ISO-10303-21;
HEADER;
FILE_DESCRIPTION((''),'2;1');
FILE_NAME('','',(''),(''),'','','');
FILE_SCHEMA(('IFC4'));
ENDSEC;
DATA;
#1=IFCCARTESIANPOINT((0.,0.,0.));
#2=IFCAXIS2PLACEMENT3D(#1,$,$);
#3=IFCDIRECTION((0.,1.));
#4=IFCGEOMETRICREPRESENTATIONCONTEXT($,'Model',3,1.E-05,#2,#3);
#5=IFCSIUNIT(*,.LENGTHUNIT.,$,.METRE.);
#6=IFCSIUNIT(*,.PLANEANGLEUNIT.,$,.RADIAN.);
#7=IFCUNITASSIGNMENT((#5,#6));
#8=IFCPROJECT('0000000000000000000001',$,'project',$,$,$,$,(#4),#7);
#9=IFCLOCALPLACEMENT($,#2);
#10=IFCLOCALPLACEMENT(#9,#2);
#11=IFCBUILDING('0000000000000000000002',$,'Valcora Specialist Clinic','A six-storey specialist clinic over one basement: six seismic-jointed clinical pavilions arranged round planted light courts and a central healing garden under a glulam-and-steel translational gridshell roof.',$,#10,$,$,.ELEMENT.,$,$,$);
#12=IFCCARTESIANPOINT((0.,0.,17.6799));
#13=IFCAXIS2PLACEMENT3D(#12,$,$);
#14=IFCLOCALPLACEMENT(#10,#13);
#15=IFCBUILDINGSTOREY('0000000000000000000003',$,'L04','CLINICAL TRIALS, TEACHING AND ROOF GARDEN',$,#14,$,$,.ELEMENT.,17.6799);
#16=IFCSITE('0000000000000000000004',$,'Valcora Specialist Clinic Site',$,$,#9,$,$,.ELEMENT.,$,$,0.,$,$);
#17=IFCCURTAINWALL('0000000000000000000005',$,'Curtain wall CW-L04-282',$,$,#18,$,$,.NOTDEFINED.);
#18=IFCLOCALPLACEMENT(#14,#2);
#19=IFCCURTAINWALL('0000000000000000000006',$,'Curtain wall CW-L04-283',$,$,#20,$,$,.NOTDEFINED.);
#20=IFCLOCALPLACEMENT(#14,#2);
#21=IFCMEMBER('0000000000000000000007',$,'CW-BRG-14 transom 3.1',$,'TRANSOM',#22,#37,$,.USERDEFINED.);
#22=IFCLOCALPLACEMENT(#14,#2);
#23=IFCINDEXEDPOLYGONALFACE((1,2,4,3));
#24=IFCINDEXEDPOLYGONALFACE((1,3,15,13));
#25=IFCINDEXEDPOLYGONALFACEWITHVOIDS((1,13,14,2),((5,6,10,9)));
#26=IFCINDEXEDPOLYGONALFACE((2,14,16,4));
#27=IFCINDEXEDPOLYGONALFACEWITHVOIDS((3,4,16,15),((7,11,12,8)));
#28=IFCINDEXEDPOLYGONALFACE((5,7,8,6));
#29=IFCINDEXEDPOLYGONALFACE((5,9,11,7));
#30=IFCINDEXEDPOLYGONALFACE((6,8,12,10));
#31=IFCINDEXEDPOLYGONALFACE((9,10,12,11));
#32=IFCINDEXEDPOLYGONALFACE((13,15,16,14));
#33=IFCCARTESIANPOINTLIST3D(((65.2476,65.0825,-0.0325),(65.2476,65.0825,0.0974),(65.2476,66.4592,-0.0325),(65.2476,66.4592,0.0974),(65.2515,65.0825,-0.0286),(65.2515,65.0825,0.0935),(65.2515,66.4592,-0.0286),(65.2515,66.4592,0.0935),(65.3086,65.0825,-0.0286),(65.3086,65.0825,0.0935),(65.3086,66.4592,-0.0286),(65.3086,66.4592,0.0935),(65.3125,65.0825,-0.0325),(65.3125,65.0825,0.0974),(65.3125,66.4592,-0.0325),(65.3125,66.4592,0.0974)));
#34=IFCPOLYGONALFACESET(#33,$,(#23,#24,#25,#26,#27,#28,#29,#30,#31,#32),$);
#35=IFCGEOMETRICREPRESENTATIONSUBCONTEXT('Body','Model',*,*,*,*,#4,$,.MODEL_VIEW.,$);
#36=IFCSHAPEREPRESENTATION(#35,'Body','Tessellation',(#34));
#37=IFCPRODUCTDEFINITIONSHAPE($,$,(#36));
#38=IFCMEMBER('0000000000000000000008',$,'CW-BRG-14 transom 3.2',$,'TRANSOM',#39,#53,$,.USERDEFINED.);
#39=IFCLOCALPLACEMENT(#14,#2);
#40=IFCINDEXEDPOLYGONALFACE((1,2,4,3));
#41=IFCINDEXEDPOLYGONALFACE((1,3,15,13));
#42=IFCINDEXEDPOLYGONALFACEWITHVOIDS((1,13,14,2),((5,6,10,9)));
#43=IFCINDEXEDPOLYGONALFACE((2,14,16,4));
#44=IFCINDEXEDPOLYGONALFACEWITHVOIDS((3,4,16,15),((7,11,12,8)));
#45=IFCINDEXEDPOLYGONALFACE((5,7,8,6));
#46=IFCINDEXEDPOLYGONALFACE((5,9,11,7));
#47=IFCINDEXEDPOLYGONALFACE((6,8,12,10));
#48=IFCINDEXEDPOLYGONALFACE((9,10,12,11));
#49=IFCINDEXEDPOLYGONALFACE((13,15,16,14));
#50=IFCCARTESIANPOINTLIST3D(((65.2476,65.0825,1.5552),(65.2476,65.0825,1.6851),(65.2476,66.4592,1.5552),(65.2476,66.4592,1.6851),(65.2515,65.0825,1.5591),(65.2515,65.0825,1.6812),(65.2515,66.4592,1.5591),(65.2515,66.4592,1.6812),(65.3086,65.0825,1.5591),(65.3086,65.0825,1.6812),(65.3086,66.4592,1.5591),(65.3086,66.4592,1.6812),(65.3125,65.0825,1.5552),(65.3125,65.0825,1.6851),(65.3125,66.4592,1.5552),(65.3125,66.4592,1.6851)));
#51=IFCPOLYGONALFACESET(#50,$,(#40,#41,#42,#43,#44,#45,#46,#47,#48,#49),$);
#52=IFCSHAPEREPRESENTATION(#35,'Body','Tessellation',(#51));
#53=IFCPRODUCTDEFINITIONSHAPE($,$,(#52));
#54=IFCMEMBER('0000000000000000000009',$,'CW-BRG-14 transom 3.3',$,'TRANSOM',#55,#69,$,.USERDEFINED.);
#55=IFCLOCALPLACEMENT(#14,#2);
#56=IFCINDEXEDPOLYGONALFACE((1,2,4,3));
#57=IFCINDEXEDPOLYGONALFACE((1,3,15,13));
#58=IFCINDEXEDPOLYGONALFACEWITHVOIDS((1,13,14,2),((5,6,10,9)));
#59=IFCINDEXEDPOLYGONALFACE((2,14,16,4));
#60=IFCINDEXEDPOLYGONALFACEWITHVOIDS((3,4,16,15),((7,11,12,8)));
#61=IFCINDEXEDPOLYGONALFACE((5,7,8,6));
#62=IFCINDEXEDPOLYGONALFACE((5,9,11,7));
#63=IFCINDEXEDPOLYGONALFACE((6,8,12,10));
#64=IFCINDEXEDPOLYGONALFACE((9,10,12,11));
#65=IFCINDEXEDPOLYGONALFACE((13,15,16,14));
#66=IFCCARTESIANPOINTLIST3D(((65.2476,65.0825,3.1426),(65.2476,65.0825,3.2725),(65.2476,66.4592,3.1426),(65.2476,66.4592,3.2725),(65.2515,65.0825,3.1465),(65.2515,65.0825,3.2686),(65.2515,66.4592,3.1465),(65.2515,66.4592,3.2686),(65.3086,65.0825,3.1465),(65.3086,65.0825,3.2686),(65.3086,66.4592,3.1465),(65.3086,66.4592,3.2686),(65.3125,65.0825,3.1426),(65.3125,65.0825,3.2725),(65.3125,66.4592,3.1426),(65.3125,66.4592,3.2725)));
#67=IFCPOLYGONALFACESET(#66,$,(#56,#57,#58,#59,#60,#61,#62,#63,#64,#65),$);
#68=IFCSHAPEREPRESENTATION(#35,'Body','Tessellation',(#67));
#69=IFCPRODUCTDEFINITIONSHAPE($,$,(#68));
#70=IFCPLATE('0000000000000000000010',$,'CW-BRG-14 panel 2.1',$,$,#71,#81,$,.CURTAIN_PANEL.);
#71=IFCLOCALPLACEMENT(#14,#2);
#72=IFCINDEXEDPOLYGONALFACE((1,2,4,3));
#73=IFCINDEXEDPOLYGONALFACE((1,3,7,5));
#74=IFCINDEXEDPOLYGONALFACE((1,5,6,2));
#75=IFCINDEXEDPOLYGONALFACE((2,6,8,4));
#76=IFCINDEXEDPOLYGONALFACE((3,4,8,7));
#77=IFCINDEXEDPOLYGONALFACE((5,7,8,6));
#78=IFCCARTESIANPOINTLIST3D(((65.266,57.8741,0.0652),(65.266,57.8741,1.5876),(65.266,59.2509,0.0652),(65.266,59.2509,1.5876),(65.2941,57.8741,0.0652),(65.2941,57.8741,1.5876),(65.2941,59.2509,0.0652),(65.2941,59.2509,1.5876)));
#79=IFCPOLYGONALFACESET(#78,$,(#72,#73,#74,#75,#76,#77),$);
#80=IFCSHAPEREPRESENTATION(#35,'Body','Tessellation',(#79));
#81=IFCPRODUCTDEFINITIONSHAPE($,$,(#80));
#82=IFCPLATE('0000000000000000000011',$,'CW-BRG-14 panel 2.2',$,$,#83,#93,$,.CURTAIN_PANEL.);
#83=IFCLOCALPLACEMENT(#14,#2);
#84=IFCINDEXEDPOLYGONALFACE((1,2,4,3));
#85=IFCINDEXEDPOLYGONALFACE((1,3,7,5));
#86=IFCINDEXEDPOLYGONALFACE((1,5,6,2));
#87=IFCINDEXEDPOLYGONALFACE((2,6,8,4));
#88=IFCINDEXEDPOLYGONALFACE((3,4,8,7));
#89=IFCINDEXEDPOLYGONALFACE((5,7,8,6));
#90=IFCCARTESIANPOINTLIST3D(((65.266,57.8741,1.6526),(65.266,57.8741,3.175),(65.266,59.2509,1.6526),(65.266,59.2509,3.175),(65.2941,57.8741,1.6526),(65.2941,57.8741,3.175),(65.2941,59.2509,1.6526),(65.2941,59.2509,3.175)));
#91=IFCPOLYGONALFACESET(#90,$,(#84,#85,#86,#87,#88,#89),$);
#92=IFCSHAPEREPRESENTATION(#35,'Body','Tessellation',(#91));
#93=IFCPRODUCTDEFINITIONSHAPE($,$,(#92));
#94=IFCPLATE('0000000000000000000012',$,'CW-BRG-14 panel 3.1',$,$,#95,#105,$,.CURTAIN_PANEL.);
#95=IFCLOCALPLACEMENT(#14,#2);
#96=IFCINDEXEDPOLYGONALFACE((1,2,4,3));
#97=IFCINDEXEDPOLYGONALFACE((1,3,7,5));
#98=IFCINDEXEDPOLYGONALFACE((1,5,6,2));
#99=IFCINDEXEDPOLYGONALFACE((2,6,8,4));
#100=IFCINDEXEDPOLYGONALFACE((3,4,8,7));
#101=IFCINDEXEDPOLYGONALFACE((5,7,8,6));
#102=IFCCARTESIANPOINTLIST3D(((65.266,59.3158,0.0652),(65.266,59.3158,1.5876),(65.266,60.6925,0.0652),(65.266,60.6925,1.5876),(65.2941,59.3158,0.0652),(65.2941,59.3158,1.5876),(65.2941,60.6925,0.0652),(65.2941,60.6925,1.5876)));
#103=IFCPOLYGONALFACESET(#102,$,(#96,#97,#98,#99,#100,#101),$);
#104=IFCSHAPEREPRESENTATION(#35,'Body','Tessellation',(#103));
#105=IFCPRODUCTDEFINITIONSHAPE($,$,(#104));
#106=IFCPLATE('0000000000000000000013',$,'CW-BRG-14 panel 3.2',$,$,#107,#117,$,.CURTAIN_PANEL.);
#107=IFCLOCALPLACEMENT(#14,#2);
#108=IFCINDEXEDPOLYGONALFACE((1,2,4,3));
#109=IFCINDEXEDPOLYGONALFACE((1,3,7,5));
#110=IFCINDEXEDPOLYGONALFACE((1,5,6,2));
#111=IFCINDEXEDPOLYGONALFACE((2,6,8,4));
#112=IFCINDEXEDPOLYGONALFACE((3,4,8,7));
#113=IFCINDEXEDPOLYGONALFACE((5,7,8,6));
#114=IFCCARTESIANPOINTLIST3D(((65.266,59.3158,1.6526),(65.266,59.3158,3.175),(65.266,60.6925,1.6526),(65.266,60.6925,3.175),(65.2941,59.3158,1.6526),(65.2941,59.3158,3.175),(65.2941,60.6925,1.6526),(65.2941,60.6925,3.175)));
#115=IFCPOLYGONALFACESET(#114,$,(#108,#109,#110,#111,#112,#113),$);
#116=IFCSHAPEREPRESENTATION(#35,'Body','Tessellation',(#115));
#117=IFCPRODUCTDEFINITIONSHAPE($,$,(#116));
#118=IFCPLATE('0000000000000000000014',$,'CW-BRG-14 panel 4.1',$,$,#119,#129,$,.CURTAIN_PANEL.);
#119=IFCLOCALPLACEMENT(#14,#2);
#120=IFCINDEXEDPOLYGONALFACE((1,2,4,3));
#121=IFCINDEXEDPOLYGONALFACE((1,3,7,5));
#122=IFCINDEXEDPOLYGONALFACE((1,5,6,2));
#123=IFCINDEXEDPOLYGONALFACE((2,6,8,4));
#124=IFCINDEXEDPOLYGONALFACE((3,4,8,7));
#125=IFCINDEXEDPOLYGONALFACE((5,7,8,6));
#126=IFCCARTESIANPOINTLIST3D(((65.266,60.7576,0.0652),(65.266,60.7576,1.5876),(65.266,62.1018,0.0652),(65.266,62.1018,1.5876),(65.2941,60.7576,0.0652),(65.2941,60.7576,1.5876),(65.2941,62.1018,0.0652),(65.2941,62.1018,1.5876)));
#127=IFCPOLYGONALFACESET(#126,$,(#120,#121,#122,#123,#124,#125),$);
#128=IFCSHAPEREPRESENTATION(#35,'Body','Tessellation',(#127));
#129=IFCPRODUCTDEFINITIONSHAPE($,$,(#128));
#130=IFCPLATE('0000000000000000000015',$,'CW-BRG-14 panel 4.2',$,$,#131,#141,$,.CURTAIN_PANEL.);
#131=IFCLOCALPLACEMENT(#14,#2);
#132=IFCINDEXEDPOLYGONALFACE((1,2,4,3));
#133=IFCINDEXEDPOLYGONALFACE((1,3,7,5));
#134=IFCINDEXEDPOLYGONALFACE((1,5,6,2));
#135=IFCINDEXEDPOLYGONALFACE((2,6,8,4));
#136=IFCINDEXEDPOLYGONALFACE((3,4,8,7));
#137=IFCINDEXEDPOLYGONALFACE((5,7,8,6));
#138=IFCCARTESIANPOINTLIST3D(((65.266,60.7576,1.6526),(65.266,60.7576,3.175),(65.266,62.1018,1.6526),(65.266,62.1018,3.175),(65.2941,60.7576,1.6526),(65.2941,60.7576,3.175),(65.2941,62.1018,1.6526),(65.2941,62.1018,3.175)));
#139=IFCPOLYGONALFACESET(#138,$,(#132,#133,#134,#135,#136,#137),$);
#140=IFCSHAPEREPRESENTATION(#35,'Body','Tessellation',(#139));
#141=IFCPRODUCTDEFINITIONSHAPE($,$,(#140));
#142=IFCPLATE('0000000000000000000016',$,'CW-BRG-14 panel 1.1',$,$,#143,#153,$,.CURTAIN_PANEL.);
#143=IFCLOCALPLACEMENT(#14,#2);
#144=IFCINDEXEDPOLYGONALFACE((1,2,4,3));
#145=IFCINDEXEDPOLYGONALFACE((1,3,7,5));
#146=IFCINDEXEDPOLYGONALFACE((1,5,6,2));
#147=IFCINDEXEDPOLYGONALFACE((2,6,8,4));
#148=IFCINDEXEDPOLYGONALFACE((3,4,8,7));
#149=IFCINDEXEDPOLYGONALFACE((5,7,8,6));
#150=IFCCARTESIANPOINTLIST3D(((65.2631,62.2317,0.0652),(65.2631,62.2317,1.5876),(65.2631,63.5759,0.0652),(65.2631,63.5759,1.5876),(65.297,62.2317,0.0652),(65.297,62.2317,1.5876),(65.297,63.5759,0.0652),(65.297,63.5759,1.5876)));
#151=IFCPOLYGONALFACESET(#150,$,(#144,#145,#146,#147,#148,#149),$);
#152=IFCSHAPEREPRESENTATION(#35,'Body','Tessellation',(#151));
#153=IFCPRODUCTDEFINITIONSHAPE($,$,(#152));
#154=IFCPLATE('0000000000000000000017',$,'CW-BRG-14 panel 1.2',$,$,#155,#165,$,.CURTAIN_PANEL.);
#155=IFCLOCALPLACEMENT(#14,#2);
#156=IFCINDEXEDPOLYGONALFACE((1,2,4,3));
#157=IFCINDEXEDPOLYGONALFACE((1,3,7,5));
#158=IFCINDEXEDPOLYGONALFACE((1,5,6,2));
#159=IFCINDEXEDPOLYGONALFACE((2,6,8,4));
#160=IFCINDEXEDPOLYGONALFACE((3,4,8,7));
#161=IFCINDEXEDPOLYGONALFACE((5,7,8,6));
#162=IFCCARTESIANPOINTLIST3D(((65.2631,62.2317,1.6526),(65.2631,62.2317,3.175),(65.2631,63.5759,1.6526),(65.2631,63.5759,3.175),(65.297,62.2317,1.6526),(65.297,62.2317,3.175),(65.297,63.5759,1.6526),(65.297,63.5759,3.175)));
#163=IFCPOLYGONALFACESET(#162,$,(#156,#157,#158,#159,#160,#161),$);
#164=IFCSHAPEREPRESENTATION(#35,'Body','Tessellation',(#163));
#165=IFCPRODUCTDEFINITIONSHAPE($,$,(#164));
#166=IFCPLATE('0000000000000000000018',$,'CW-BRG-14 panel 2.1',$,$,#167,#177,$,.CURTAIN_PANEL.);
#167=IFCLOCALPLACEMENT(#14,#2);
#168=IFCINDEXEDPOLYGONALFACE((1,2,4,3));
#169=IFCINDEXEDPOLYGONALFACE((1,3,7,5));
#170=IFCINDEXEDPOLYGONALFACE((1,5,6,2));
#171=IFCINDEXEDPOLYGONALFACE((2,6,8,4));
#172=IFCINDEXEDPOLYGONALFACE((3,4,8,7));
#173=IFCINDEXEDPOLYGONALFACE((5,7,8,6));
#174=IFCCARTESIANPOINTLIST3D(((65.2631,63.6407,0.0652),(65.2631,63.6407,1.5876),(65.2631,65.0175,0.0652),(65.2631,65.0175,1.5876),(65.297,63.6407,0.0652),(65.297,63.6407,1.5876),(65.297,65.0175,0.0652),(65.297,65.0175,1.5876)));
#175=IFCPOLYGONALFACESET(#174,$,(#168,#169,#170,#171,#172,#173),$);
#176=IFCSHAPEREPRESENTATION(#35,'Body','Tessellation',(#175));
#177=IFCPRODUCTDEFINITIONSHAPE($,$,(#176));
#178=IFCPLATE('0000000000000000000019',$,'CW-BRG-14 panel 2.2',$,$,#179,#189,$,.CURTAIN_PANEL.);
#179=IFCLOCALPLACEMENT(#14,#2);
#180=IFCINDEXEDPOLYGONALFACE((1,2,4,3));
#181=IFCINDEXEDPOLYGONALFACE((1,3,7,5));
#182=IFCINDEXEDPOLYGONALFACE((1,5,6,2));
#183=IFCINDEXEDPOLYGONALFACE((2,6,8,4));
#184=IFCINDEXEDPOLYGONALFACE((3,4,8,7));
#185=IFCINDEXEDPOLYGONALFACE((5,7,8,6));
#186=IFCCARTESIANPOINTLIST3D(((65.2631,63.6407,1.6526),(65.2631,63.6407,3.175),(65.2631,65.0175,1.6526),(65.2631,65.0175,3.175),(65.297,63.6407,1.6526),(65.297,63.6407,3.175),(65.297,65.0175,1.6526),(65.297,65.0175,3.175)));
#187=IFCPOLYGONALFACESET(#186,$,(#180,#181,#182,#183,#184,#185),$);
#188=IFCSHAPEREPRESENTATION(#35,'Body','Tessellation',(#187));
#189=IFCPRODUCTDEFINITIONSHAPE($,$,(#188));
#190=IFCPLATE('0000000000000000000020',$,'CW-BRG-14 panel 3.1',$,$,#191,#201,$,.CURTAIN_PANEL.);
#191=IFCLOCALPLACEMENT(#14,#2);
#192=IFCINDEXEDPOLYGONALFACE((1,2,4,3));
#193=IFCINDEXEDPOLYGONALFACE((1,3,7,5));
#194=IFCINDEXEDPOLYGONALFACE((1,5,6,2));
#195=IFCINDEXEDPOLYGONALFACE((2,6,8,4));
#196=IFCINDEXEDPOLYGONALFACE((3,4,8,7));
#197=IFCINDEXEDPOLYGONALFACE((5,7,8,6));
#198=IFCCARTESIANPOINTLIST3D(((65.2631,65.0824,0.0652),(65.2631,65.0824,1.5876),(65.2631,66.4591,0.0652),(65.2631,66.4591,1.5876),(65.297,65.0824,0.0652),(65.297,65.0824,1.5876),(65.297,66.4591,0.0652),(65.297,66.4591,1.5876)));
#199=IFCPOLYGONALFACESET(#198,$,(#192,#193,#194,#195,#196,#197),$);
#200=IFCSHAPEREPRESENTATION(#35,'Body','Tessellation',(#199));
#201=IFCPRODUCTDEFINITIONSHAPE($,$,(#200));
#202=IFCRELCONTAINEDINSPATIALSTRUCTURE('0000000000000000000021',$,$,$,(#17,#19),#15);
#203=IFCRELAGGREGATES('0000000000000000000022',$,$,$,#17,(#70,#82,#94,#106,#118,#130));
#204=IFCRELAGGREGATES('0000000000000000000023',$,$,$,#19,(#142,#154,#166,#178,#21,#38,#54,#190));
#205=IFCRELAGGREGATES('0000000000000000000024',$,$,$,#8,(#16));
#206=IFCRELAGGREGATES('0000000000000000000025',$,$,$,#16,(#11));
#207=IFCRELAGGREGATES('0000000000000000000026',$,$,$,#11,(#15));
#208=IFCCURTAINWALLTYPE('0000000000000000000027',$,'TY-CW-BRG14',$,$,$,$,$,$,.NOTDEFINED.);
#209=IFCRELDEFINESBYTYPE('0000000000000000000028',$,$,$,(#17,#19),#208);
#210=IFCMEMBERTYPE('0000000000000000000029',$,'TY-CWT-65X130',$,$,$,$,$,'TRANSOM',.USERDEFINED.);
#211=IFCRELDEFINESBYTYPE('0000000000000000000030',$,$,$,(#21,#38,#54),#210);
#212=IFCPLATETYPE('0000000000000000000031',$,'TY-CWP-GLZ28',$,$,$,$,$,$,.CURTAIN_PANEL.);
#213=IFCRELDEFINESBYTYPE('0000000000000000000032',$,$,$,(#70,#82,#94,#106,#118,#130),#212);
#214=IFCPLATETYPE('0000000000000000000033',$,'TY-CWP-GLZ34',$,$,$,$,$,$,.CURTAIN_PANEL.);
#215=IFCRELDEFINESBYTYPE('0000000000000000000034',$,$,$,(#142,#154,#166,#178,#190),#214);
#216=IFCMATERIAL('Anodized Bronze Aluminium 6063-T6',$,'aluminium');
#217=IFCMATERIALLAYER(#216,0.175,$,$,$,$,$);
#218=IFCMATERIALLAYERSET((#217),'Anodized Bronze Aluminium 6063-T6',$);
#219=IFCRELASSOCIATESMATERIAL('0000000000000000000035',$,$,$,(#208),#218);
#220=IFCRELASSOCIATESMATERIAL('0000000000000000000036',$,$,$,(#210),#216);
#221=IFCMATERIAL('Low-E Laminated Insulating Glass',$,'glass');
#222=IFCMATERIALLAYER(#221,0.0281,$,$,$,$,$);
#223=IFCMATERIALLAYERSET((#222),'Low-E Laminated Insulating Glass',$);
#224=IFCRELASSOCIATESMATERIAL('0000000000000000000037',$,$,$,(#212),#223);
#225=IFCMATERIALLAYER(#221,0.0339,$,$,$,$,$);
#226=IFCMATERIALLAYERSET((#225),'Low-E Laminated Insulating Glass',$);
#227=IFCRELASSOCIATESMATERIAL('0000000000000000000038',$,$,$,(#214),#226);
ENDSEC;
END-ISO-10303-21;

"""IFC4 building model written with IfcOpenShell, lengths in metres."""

from ifc_helpers import new_model, si_unit, direction, frame, origin, origin_2d, place, context, subcontext, project, spatial, rectangle, hollow_rectangle, extrude, material, layer, layer_set, material_profile, profile_set, type_object, element, aggregate, save


model = new_model("IFC4")

# Units and contexts
model_context = context("Model", 3, precision=1e-05, world=origin(), true_north=direction((0.0, 1.0)))
body_context = subcontext(model_context, "Body", "Model", "MODEL_VIEW")
ifc_project = project(units=[si_unit("LENGTHUNIT", "METRE"), si_unit("PLANEANGLEUNIT", "RADIAN")], contexts=[model_context])

# Site, building, storey
site_placement = place(None, origin())
site = spatial("IfcSite", under=ifc_project, at=site_placement, Name="Valcora Specialist Clinic Site", CompositionType="ELEMENT", RefElevation=0.0)
building_placement = place(site_placement, origin())
building = spatial("IfcBuilding", under=site, at=building_placement, Name="Valcora Specialist Clinic", Description="A six-storey specialist clinic over one basement: six seismic-jointed clinical pavilions arranged round planted light courts and a central healing garden under a glulam-and-steel translational gridshell roof.", CompositionType="ELEMENT")
storey_placement = place(building_placement, frame((0.0, 0.0, 17.6799)))
storey = spatial("IfcBuildingStorey", under=building, at=storey_placement, Name="L04", Description="CLINICAL TRIALS, TEACHING AND ROOF GARDEN", CompositionType="ELEMENT", Elevation=17.6799)

# Curtain walls
ifc_material_1 = material(Name="Anodized Bronze Aluminium 6063-T6", Category="aluminium")
ifc_layer_1 = layer(ifc_material_1, 0.175)
ifc_layer_set_1 = layer_set([ifc_layer_1], Name="Anodized Bronze Aluminium 6063-T6")
curtain_wall_type = type_object("IfcCurtainWallType", Name="TY-CW-BRG14", PredefinedType="NOTDEFINED", material=ifc_layer_set_1)
curtain_wall_1_placement = place(storey_placement, origin())
curtain_wall_1 = element("IfcCurtainWall", 1, at=curtain_wall_1_placement, inside=storey, type_object=curtain_wall_type, Name="Curtain wall CW-L04-282", PredefinedType="NOTDEFINED")
curtain_wall_2_placement = place(storey_placement, origin())
curtain_wall_2 = element("IfcCurtainWall", 2, at=curtain_wall_2_placement, inside=storey, type_object=curtain_wall_type, Name="Curtain wall CW-L04-283", PredefinedType="NOTDEFINED")

# Members
ifc_material_profile_1 = material_profile(ifc_material_1, hollow_rectangle(XDim=0.0649, YDim=0.1299, WallThickness=0.0039, at=origin_2d()), Name="AL-TRN-65X130")
ifc_profile_set_1 = profile_set([ifc_material_profile_1], Name="Anodized Bronze Aluminium 6063-T6")
member_type_1 = type_object("IfcMemberType", Name="TY-CWT-65X130", ElementType="TRANSOM", PredefinedType="USERDEFINED", material=ifc_profile_set_1)
member_1_placement = place(storey_placement, frame((65.28, 65.0825, 0.0325), z_axis=(0.0, 1.0, 0.0), x_axis=(-1.0, 0.0, 0.0)))
member_1 = element("IfcMember", 3, at=member_1_placement, type_object=member_type_1, Name="CW-BRG-14 transom 3.1", ObjectType="TRANSOM", PredefinedType="USERDEFINED", context=body_context, shape_type="SweptSolid", body=[
    extrude(hollow_rectangle(XDim=0.0649, YDim=0.1299, WallThickness=0.0039, at=origin_2d()), origin(), (0.0, 0.0, 1.0), 1.3767),
])
member_2_placement = place(storey_placement, frame((65.28, 65.0825, 1.6201), z_axis=(0.0, 1.0, 0.0), x_axis=(-1.0, 0.0, 0.0)))
member_2 = element("IfcMember", 4, at=member_2_placement, type_object=member_type_1, Name="CW-BRG-14 transom 3.2", ObjectType="TRANSOM", PredefinedType="USERDEFINED", context=body_context, shape_type="SweptSolid", body=[
    extrude(hollow_rectangle(XDim=0.0649, YDim=0.1299, WallThickness=0.0039, at=origin_2d()), origin(), (0.0, 0.0, 1.0), 1.3767),
])
member_3_placement = place(storey_placement, frame((65.28, 65.0825, 3.2075), z_axis=(0.0, 1.0, 0.0), x_axis=(-1.0, 0.0, 0.0)))
member_3 = element("IfcMember", 5, at=member_3_placement, type_object=member_type_1, Name="CW-BRG-14 transom 3.3", ObjectType="TRANSOM", PredefinedType="USERDEFINED", context=body_context, shape_type="SweptSolid", body=[
    extrude(hollow_rectangle(XDim=0.0649, YDim=0.1299, WallThickness=0.0039, at=origin_2d()), origin(), (0.0, 0.0, 1.0), 1.3767),
])

# Plates
ifc_material_2 = material(Name="Low-E Laminated Insulating Glass", Category="glass")
ifc_layer_2 = layer(ifc_material_2, 0.0281)
ifc_layer_set_2 = layer_set([ifc_layer_2], Name="Low-E Laminated Insulating Glass")
plate_type_1 = type_object("IfcPlateType", Name="TY-CWP-GLZ28", PredefinedType="CURTAIN_PANEL", material=ifc_layer_set_2)
plate_1_placement = place(storey_placement, frame((65.28, 58.5625, 0.0652), z_axis=(0.0, 0.0, 1.0), x_axis=(0.0, 1.0, 0.0)))
plate_1 = element("IfcPlate", 6, at=plate_1_placement, type_object=plate_type_1, Name="CW-BRG-14 panel 2.1", PredefinedType="CURTAIN_PANEL", context=body_context, shape_type="SweptSolid", body=[
    extrude(rectangle(XDim=1.3767, YDim=0.0281, at=origin_2d()), origin(), (0.0, 0.0, 1.0), 1.5225),
])
plate_2_placement = place(storey_placement, frame((65.28, 58.5625, 1.6526), z_axis=(0.0, 0.0, 1.0), x_axis=(0.0, 1.0, 0.0)))
plate_2 = element("IfcPlate", 7, at=plate_2_placement, type_object=plate_type_1, Name="CW-BRG-14 panel 2.2", PredefinedType="CURTAIN_PANEL", context=body_context, shape_type="SweptSolid", body=[
    extrude(rectangle(XDim=1.3767, YDim=0.0281, at=origin_2d()), origin(), (0.0, 0.0, 1.0), 1.5225),
])
plate_3_placement = place(storey_placement, frame((65.28, 60.0042, 0.0652), z_axis=(0.0, 0.0, 1.0), x_axis=(0.0, 1.0, 0.0)))
plate_3 = element("IfcPlate", 8, at=plate_3_placement, type_object=plate_type_1, Name="CW-BRG-14 panel 3.1", PredefinedType="CURTAIN_PANEL", context=body_context, shape_type="SweptSolid", body=[
    extrude(rectangle(XDim=1.3767, YDim=0.0281, at=origin_2d()), origin(), (0.0, 0.0, 1.0), 1.5225),
])
plate_4_placement = place(storey_placement, frame((65.28, 60.0042, 1.6526), z_axis=(0.0, 0.0, 1.0), x_axis=(0.0, 1.0, 0.0)))
plate_4 = element("IfcPlate", 9, at=plate_4_placement, type_object=plate_type_1, Name="CW-BRG-14 panel 3.2", PredefinedType="CURTAIN_PANEL", context=body_context, shape_type="SweptSolid", body=[
    extrude(rectangle(XDim=1.3767, YDim=0.0281, at=origin_2d()), origin(), (0.0, 0.0, 1.0), 1.5225),
])
plate_5_placement = place(storey_placement, frame((65.28, 61.4297, 0.0652), z_axis=(0.0, 0.0, 1.0), x_axis=(0.0, 1.0, 0.0)))
plate_5 = element("IfcPlate", 10, at=plate_5_placement, type_object=plate_type_1, Name="CW-BRG-14 panel 4.1", PredefinedType="CURTAIN_PANEL", context=body_context, shape_type="SweptSolid", body=[
    extrude(rectangle(XDim=1.3442, YDim=0.0281, at=origin_2d()), origin(), (0.0, 0.0, 1.0), 1.5225),
])
plate_6_placement = place(storey_placement, frame((65.28, 61.4297, 1.6526), z_axis=(0.0, 0.0, 1.0), x_axis=(0.0, 1.0, 0.0)))
plate_6 = element("IfcPlate", 11, at=plate_6_placement, type_object=plate_type_1, Name="CW-BRG-14 panel 4.2", PredefinedType="CURTAIN_PANEL", context=body_context, shape_type="SweptSolid", body=[
    extrude(rectangle(XDim=1.3442, YDim=0.0281, at=origin_2d()), origin(), (0.0, 0.0, 1.0), 1.5225),
])
aggregate(curtain_wall_1, [plate_1, plate_2, plate_3, plate_4, plate_5, plate_6])
ifc_layer_3 = layer(ifc_material_2, 0.0339)
ifc_layer_set_3 = layer_set([ifc_layer_3], Name="Low-E Laminated Insulating Glass")
plate_type_2 = type_object("IfcPlateType", Name="TY-CWP-GLZ34", PredefinedType="CURTAIN_PANEL", material=ifc_layer_set_3)
plate_7_placement = place(storey_placement, frame((65.28, 62.9038, 0.0652), z_axis=(0.0, 0.0, 1.0), x_axis=(0.0, 1.0, 0.0)))
plate_7 = element("IfcPlate", 12, at=plate_7_placement, type_object=plate_type_2, Name="CW-BRG-14 panel 1.1", PredefinedType="CURTAIN_PANEL", context=body_context, shape_type="SweptSolid", body=[
    extrude(rectangle(XDim=1.3442, YDim=0.0339, at=origin_2d()), origin(), (0.0, 0.0, 1.0), 1.5225),
])
plate_8_placement = place(storey_placement, frame((65.28, 62.9038, 1.6526), z_axis=(0.0, 0.0, 1.0), x_axis=(0.0, 1.0, 0.0)))
plate_8 = element("IfcPlate", 13, at=plate_8_placement, type_object=plate_type_2, Name="CW-BRG-14 panel 1.2", PredefinedType="CURTAIN_PANEL", context=body_context, shape_type="SweptSolid", body=[
    extrude(rectangle(XDim=1.3442, YDim=0.0339, at=origin_2d()), origin(), (0.0, 0.0, 1.0), 1.5225),
])
plate_9_placement = place(storey_placement, frame((65.28, 64.3291, 0.0652), z_axis=(0.0, 0.0, 1.0), x_axis=(0.0, 1.0, 0.0)))
plate_9 = element("IfcPlate", 14, at=plate_9_placement, type_object=plate_type_2, Name="CW-BRG-14 panel 2.1", PredefinedType="CURTAIN_PANEL", context=body_context, shape_type="SweptSolid", body=[
    extrude(rectangle(XDim=1.3767, YDim=0.0339, at=origin_2d()), origin(), (0.0, 0.0, 1.0), 1.5225),
])
plate_10_placement = place(storey_placement, frame((65.28, 64.3291, 1.6526), z_axis=(0.0, 0.0, 1.0), x_axis=(0.0, 1.0, 0.0)))
plate_10 = element("IfcPlate", 15, at=plate_10_placement, type_object=plate_type_2, Name="CW-BRG-14 panel 2.2", PredefinedType="CURTAIN_PANEL", context=body_context, shape_type="SweptSolid", body=[
    extrude(rectangle(XDim=1.3767, YDim=0.0339, at=origin_2d()), origin(), (0.0, 0.0, 1.0), 1.5225),
])
plate_11_placement = place(storey_placement, frame((65.28, 65.7708, 0.0652), z_axis=(0.0, 0.0, 1.0), x_axis=(0.0, 1.0, 0.0)))
plate_11 = element("IfcPlate", 16, at=plate_11_placement, type_object=plate_type_2, Name="CW-BRG-14 panel 3.1", PredefinedType="CURTAIN_PANEL", context=body_context, shape_type="SweptSolid", body=[
    extrude(rectangle(XDim=1.3767, YDim=0.0339, at=origin_2d()), origin(), (0.0, 0.0, 1.0), 1.5225),
])
aggregate(curtain_wall_2, [plate_7, plate_8, plate_9, plate_10, member_1, member_2, member_3, plate_11])

save(model, "model.ifc")
